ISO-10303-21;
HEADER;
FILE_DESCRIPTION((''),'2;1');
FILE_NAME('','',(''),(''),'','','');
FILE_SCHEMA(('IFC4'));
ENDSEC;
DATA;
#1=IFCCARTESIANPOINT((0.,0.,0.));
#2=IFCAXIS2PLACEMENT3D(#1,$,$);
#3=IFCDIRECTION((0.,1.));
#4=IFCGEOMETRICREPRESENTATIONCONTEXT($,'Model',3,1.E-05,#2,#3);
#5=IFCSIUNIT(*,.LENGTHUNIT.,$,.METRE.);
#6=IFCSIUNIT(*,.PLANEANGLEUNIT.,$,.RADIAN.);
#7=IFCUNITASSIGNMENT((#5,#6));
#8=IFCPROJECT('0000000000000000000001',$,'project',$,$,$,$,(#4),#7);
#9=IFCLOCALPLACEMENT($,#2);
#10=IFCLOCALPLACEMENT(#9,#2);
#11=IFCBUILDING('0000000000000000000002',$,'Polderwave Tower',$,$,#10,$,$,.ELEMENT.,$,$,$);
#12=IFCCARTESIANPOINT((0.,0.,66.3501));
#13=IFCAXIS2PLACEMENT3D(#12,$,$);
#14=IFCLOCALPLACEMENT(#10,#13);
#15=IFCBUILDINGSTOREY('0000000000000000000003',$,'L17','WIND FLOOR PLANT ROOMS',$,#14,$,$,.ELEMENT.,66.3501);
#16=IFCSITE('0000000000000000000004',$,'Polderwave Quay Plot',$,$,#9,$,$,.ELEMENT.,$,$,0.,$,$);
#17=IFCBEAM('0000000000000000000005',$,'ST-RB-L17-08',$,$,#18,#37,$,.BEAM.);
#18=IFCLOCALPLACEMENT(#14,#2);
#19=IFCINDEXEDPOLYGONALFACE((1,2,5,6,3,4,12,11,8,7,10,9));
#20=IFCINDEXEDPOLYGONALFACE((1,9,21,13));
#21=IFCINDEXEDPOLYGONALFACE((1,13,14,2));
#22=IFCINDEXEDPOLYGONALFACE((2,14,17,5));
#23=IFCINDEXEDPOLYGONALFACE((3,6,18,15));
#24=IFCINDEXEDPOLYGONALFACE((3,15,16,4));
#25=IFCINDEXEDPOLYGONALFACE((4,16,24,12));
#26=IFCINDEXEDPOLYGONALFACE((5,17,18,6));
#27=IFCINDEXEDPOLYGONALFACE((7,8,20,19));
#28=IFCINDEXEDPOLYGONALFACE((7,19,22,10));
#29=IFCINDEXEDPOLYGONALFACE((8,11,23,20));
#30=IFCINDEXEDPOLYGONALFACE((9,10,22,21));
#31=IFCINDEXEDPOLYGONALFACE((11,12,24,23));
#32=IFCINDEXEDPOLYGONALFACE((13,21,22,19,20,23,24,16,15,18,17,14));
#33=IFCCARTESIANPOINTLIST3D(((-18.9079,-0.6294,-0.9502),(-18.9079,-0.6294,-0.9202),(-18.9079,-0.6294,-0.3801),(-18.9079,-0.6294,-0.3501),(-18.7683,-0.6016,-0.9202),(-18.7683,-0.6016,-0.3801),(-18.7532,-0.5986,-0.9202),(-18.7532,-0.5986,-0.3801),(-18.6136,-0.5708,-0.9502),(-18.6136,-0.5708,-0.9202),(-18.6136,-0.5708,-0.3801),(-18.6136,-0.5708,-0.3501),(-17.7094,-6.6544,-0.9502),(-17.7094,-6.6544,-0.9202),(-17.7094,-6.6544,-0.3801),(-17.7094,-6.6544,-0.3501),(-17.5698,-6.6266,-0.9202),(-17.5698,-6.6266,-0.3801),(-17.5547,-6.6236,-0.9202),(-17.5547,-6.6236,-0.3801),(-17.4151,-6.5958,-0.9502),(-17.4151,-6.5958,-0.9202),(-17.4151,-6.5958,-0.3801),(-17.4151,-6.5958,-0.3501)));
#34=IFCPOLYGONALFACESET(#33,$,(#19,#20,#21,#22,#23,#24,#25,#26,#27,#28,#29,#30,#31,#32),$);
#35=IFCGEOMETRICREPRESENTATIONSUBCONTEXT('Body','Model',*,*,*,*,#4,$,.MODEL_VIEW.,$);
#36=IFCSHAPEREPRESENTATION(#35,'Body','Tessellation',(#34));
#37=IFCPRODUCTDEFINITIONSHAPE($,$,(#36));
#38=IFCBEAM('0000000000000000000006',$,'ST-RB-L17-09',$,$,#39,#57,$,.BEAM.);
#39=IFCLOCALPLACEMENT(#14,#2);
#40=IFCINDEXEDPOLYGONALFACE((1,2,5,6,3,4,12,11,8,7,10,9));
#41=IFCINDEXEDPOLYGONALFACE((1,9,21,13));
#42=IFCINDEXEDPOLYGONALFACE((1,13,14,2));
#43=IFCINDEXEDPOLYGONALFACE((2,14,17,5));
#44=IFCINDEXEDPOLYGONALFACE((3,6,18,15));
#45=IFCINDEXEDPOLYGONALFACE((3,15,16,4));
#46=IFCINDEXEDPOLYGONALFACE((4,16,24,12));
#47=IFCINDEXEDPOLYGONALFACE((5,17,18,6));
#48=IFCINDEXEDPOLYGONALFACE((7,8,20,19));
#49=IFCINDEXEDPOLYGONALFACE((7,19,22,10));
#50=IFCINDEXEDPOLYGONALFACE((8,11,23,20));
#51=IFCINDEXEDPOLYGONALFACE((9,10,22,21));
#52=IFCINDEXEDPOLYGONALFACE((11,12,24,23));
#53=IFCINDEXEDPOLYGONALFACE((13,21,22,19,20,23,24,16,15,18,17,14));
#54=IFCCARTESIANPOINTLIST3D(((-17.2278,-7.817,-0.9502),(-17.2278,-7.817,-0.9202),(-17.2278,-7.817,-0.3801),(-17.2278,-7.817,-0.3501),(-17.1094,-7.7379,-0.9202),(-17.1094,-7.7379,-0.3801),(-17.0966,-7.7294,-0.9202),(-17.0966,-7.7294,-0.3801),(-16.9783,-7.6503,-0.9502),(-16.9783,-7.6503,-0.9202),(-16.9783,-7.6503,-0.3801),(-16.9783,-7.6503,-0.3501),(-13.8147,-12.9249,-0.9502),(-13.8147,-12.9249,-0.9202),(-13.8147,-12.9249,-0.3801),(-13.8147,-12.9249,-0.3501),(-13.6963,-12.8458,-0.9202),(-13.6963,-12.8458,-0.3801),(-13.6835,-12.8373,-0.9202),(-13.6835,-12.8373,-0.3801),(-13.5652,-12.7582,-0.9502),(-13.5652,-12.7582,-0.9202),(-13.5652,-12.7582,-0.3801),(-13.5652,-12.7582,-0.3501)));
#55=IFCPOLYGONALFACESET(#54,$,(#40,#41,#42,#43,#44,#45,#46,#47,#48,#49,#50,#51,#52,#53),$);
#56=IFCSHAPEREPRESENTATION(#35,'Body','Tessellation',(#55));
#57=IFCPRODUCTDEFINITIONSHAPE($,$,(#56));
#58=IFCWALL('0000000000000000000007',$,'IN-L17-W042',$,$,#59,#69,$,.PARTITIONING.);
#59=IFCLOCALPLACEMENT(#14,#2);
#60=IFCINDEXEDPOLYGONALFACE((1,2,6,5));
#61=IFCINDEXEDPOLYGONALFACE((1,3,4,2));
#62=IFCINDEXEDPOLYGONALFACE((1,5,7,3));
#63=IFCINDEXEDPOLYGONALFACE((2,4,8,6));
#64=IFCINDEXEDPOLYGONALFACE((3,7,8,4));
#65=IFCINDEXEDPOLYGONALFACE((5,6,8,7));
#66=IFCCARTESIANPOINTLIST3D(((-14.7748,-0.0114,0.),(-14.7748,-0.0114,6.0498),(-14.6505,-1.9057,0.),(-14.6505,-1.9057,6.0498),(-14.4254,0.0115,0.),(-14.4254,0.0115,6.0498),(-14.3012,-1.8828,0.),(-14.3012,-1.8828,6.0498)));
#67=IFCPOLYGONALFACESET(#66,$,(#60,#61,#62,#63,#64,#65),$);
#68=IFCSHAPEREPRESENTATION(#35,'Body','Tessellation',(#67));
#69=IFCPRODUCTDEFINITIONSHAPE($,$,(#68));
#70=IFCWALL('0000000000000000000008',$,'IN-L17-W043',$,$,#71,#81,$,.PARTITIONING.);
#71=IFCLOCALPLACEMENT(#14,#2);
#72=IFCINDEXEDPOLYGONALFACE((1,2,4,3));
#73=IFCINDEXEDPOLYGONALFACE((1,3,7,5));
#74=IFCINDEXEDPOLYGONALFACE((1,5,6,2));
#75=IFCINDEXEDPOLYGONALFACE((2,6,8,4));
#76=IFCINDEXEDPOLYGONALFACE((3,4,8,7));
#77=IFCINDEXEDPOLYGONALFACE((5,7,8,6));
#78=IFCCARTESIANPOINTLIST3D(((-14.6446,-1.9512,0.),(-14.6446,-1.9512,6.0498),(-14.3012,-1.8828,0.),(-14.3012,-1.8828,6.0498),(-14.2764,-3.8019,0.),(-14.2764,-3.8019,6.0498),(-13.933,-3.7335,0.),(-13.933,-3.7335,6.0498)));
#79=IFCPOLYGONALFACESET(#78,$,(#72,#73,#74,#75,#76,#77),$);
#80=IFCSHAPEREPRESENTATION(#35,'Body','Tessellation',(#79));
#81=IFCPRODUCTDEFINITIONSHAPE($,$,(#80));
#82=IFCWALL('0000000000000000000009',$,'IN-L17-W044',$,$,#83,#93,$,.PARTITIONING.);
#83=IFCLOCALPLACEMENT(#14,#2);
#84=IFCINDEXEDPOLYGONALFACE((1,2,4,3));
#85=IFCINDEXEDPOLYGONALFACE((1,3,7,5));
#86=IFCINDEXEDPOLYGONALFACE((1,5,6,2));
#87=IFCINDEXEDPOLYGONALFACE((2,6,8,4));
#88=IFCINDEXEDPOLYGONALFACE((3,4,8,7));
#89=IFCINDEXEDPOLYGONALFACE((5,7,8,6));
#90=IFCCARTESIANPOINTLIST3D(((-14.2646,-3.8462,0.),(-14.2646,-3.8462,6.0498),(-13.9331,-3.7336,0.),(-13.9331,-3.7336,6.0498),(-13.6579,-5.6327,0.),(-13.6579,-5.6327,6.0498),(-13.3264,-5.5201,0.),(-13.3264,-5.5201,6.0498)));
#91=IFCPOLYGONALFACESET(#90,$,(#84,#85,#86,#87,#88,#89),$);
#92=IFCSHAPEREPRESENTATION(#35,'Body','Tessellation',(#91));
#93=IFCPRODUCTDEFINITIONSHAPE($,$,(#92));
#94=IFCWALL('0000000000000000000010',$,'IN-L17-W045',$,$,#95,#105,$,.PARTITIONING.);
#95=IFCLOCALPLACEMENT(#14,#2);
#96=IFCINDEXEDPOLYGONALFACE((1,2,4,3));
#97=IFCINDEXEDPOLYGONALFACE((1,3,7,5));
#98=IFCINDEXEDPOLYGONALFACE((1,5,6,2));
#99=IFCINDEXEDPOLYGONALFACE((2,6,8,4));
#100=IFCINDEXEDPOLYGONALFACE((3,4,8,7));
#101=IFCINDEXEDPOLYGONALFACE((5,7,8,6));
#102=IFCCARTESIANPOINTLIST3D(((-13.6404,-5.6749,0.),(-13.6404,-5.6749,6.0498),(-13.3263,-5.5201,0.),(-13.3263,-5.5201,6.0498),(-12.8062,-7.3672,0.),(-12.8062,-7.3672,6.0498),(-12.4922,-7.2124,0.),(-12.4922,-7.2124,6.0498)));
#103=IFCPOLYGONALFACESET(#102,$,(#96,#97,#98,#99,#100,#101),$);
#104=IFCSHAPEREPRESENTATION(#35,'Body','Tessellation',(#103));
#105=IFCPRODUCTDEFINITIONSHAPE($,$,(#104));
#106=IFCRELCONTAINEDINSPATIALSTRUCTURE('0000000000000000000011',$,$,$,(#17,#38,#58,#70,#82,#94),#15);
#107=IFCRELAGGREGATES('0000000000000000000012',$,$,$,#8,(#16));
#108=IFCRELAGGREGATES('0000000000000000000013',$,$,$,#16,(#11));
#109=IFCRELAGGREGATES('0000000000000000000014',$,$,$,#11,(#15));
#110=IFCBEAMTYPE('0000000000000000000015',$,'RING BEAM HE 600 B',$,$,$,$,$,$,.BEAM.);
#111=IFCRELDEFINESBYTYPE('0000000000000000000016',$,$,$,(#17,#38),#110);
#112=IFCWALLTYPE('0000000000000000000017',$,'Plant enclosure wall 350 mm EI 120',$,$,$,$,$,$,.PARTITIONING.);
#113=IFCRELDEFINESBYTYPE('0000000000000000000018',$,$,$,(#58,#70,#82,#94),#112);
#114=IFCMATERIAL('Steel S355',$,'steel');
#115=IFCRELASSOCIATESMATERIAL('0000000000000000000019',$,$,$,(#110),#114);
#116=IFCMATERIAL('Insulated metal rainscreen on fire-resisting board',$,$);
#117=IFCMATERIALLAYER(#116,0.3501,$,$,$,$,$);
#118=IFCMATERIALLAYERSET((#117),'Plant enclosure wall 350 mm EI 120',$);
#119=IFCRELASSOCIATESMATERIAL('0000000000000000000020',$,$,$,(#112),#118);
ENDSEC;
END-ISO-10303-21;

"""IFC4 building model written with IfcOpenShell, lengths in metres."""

from ifc_helpers import new_model, si_unit, direction, frame, frame_2d, origin, origin_2d, place, context, subcontext, project, spatial, rectangle, i_section, extrude, material, layer, layer_set, material_profile, profile_set, type_object, element, save


model = new_model("IFC4")

# Units and contexts
model_context = context("Model", 3, precision=1e-05, world=origin(), true_north=direction((0.0, 1.0)))
body_context = subcontext(model_context, "Body", "Model", "MODEL_VIEW")
ifc_project = project(units=[si_unit("LENGTHUNIT", "METRE"), si_unit("PLANEANGLEUNIT", "RADIAN")], contexts=[model_context])

# Site, building, storey
site_placement = place(None, origin())
site = spatial("IfcSite", under=ifc_project, at=site_placement, Name="Polderwave Quay Plot", CompositionType="ELEMENT", RefElevation=0.0)
building_placement = place(site_placement, origin())
building = spatial("IfcBuilding", under=site, at=building_placement, Name="Polderwave Tower", CompositionType="ELEMENT")
storey_placement = place(building_placement, frame((0.0, 0.0, 66.3501)))
storey = spatial("IfcBuildingStorey", under=building, at=storey_placement, Name="L17", Description="WIND FLOOR PLANT ROOMS", CompositionType="ELEMENT", Elevation=66.3501)

# Beams
ifc_material_1 = material(Name="Steel S355", Category="steel")
ifc_material_profile_1 = material_profile(ifc_material_1, i_section(OverallWidth=0.3, OverallDepth=0.6001, WebThickness=0.0154, FlangeThickness=0.03, at=origin_2d()), Name="HE 600 B")
ifc_profile_set_1 = profile_set([ifc_material_profile_1], Name="Steel S355")
beam_type = type_object("IfcBeamType", Name="RING BEAM HE 600 B", PredefinedType="BEAM", material=ifc_profile_set_1)
beam_1_placement = place(storey_placement, frame((-18.7607, -0.6001, -0.6501), z_axis=(0.1951, -0.980783, 0.0), x_axis=(0.980783, 0.1951, 0.0)))
element("IfcBeam", 1, at=beam_1_placement, inside=storey, type_object=beam_type, Name="ST-RB-L17-08", PredefinedType="BEAM", context=body_context, shape_type="SweptSolid", body=[
    extrude(i_section(OverallWidth=0.3, OverallDepth=0.6001, WebThickness=0.0154, FlangeThickness=0.03, at=origin_2d()), origin(), (0.0, 0.0, 1.0), 6.1431),
])
beam_2_placement = place(storey_placement, frame((-17.103, -7.7336, -0.6501), z_axis=(0.55558, -0.831463, 0.0), x_axis=(0.831463, 0.55558, 0.0)))
element("IfcBeam", 2, at=beam_2_placement, inside=storey, type_object=beam_type, Name="ST-RB-L17-09", PredefinedType="BEAM", context=body_context, shape_type="SweptSolid", body=[
    extrude(i_section(OverallWidth=0.3, OverallDepth=0.6001, WebThickness=0.0154, FlangeThickness=0.03, at=origin_2d()), origin(), (0.0, 0.0, 1.0), 6.1433),
])

# Walls
ifc_material_2 = material(Name="Insulated metal rainscreen on fire-resisting board")
ifc_layer = layer(ifc_material_2, 0.3501)
ifc_layer_set = layer_set([ifc_layer], Name="Plant enclosure wall 350 mm EI 120")
wall_type = type_object("IfcWallType", Name="Plant enclosure wall 350 mm EI 120", PredefinedType="PARTITIONING", material=ifc_layer_set)
wall_1_placement = place(storey_placement, frame((-14.4758, -1.8943, 0.0), z_axis=(0.0, 0.0, 1.0), x_axis=(-0.065461, 0.997855, 0.0)))
element("IfcWall", 3, at=wall_1_placement, inside=storey, type_object=wall_type, Name="IN-L17-W042", PredefinedType="PARTITIONING", context=body_context, shape_type="SweptSolid", body=[
    extrude(rectangle(XDim=1.8984, YDim=0.3501, at=frame_2d((0.9492, 0.0))), origin(), (0.0, 0.0, 1.0), 6.0498),
])
wall_2_placement = place(storey_placement, frame((-14.1047, -3.7676, 0.0), z_axis=(0.0, 0.0, 1.0), x_axis=(-0.195121, 0.980779, 0.0)))
element("IfcWall", 4, at=wall_2_placement, inside=storey, type_object=wall_type, Name="IN-L17-W043", PredefinedType="PARTITIONING", context=body_context, shape_type="SweptSolid", body=[
    extrude(rectangle(XDim=1.887, YDim=0.3501, at=frame_2d((0.9434, 0.0))), origin(), (0.0, 0.0, 1.0), 6.0498),
])
for number, where, z_axis, x_axis, name in (
    (5, (-13.4922, -5.5764, 0.0), (0.0, 0.0, 1.0), (-0.321541, 0.946896, 0.0), "IN-L17-W044"),
    (6, (-12.6492, -7.2898, 0.0), (0.0, 0.0, 1.0), (-0.442134, 0.896949, 0.0), "IN-L17-W045"),
):
    element("IfcWall", number, at=place(storey_placement, frame(where, z_axis=z_axis, x_axis=x_axis)), inside=storey, type_object=wall_type, Name=name, PredefinedType="PARTITIONING", context=body_context, shape_type="SweptSolid", body=[
        extrude(rectangle(XDim=1.8867, YDim=0.3501, at=frame_2d((0.9434, 0.0))), origin(), (0.0, 0.0, 1.0), 6.0498),
    ])

save(model, "model.ifc")
